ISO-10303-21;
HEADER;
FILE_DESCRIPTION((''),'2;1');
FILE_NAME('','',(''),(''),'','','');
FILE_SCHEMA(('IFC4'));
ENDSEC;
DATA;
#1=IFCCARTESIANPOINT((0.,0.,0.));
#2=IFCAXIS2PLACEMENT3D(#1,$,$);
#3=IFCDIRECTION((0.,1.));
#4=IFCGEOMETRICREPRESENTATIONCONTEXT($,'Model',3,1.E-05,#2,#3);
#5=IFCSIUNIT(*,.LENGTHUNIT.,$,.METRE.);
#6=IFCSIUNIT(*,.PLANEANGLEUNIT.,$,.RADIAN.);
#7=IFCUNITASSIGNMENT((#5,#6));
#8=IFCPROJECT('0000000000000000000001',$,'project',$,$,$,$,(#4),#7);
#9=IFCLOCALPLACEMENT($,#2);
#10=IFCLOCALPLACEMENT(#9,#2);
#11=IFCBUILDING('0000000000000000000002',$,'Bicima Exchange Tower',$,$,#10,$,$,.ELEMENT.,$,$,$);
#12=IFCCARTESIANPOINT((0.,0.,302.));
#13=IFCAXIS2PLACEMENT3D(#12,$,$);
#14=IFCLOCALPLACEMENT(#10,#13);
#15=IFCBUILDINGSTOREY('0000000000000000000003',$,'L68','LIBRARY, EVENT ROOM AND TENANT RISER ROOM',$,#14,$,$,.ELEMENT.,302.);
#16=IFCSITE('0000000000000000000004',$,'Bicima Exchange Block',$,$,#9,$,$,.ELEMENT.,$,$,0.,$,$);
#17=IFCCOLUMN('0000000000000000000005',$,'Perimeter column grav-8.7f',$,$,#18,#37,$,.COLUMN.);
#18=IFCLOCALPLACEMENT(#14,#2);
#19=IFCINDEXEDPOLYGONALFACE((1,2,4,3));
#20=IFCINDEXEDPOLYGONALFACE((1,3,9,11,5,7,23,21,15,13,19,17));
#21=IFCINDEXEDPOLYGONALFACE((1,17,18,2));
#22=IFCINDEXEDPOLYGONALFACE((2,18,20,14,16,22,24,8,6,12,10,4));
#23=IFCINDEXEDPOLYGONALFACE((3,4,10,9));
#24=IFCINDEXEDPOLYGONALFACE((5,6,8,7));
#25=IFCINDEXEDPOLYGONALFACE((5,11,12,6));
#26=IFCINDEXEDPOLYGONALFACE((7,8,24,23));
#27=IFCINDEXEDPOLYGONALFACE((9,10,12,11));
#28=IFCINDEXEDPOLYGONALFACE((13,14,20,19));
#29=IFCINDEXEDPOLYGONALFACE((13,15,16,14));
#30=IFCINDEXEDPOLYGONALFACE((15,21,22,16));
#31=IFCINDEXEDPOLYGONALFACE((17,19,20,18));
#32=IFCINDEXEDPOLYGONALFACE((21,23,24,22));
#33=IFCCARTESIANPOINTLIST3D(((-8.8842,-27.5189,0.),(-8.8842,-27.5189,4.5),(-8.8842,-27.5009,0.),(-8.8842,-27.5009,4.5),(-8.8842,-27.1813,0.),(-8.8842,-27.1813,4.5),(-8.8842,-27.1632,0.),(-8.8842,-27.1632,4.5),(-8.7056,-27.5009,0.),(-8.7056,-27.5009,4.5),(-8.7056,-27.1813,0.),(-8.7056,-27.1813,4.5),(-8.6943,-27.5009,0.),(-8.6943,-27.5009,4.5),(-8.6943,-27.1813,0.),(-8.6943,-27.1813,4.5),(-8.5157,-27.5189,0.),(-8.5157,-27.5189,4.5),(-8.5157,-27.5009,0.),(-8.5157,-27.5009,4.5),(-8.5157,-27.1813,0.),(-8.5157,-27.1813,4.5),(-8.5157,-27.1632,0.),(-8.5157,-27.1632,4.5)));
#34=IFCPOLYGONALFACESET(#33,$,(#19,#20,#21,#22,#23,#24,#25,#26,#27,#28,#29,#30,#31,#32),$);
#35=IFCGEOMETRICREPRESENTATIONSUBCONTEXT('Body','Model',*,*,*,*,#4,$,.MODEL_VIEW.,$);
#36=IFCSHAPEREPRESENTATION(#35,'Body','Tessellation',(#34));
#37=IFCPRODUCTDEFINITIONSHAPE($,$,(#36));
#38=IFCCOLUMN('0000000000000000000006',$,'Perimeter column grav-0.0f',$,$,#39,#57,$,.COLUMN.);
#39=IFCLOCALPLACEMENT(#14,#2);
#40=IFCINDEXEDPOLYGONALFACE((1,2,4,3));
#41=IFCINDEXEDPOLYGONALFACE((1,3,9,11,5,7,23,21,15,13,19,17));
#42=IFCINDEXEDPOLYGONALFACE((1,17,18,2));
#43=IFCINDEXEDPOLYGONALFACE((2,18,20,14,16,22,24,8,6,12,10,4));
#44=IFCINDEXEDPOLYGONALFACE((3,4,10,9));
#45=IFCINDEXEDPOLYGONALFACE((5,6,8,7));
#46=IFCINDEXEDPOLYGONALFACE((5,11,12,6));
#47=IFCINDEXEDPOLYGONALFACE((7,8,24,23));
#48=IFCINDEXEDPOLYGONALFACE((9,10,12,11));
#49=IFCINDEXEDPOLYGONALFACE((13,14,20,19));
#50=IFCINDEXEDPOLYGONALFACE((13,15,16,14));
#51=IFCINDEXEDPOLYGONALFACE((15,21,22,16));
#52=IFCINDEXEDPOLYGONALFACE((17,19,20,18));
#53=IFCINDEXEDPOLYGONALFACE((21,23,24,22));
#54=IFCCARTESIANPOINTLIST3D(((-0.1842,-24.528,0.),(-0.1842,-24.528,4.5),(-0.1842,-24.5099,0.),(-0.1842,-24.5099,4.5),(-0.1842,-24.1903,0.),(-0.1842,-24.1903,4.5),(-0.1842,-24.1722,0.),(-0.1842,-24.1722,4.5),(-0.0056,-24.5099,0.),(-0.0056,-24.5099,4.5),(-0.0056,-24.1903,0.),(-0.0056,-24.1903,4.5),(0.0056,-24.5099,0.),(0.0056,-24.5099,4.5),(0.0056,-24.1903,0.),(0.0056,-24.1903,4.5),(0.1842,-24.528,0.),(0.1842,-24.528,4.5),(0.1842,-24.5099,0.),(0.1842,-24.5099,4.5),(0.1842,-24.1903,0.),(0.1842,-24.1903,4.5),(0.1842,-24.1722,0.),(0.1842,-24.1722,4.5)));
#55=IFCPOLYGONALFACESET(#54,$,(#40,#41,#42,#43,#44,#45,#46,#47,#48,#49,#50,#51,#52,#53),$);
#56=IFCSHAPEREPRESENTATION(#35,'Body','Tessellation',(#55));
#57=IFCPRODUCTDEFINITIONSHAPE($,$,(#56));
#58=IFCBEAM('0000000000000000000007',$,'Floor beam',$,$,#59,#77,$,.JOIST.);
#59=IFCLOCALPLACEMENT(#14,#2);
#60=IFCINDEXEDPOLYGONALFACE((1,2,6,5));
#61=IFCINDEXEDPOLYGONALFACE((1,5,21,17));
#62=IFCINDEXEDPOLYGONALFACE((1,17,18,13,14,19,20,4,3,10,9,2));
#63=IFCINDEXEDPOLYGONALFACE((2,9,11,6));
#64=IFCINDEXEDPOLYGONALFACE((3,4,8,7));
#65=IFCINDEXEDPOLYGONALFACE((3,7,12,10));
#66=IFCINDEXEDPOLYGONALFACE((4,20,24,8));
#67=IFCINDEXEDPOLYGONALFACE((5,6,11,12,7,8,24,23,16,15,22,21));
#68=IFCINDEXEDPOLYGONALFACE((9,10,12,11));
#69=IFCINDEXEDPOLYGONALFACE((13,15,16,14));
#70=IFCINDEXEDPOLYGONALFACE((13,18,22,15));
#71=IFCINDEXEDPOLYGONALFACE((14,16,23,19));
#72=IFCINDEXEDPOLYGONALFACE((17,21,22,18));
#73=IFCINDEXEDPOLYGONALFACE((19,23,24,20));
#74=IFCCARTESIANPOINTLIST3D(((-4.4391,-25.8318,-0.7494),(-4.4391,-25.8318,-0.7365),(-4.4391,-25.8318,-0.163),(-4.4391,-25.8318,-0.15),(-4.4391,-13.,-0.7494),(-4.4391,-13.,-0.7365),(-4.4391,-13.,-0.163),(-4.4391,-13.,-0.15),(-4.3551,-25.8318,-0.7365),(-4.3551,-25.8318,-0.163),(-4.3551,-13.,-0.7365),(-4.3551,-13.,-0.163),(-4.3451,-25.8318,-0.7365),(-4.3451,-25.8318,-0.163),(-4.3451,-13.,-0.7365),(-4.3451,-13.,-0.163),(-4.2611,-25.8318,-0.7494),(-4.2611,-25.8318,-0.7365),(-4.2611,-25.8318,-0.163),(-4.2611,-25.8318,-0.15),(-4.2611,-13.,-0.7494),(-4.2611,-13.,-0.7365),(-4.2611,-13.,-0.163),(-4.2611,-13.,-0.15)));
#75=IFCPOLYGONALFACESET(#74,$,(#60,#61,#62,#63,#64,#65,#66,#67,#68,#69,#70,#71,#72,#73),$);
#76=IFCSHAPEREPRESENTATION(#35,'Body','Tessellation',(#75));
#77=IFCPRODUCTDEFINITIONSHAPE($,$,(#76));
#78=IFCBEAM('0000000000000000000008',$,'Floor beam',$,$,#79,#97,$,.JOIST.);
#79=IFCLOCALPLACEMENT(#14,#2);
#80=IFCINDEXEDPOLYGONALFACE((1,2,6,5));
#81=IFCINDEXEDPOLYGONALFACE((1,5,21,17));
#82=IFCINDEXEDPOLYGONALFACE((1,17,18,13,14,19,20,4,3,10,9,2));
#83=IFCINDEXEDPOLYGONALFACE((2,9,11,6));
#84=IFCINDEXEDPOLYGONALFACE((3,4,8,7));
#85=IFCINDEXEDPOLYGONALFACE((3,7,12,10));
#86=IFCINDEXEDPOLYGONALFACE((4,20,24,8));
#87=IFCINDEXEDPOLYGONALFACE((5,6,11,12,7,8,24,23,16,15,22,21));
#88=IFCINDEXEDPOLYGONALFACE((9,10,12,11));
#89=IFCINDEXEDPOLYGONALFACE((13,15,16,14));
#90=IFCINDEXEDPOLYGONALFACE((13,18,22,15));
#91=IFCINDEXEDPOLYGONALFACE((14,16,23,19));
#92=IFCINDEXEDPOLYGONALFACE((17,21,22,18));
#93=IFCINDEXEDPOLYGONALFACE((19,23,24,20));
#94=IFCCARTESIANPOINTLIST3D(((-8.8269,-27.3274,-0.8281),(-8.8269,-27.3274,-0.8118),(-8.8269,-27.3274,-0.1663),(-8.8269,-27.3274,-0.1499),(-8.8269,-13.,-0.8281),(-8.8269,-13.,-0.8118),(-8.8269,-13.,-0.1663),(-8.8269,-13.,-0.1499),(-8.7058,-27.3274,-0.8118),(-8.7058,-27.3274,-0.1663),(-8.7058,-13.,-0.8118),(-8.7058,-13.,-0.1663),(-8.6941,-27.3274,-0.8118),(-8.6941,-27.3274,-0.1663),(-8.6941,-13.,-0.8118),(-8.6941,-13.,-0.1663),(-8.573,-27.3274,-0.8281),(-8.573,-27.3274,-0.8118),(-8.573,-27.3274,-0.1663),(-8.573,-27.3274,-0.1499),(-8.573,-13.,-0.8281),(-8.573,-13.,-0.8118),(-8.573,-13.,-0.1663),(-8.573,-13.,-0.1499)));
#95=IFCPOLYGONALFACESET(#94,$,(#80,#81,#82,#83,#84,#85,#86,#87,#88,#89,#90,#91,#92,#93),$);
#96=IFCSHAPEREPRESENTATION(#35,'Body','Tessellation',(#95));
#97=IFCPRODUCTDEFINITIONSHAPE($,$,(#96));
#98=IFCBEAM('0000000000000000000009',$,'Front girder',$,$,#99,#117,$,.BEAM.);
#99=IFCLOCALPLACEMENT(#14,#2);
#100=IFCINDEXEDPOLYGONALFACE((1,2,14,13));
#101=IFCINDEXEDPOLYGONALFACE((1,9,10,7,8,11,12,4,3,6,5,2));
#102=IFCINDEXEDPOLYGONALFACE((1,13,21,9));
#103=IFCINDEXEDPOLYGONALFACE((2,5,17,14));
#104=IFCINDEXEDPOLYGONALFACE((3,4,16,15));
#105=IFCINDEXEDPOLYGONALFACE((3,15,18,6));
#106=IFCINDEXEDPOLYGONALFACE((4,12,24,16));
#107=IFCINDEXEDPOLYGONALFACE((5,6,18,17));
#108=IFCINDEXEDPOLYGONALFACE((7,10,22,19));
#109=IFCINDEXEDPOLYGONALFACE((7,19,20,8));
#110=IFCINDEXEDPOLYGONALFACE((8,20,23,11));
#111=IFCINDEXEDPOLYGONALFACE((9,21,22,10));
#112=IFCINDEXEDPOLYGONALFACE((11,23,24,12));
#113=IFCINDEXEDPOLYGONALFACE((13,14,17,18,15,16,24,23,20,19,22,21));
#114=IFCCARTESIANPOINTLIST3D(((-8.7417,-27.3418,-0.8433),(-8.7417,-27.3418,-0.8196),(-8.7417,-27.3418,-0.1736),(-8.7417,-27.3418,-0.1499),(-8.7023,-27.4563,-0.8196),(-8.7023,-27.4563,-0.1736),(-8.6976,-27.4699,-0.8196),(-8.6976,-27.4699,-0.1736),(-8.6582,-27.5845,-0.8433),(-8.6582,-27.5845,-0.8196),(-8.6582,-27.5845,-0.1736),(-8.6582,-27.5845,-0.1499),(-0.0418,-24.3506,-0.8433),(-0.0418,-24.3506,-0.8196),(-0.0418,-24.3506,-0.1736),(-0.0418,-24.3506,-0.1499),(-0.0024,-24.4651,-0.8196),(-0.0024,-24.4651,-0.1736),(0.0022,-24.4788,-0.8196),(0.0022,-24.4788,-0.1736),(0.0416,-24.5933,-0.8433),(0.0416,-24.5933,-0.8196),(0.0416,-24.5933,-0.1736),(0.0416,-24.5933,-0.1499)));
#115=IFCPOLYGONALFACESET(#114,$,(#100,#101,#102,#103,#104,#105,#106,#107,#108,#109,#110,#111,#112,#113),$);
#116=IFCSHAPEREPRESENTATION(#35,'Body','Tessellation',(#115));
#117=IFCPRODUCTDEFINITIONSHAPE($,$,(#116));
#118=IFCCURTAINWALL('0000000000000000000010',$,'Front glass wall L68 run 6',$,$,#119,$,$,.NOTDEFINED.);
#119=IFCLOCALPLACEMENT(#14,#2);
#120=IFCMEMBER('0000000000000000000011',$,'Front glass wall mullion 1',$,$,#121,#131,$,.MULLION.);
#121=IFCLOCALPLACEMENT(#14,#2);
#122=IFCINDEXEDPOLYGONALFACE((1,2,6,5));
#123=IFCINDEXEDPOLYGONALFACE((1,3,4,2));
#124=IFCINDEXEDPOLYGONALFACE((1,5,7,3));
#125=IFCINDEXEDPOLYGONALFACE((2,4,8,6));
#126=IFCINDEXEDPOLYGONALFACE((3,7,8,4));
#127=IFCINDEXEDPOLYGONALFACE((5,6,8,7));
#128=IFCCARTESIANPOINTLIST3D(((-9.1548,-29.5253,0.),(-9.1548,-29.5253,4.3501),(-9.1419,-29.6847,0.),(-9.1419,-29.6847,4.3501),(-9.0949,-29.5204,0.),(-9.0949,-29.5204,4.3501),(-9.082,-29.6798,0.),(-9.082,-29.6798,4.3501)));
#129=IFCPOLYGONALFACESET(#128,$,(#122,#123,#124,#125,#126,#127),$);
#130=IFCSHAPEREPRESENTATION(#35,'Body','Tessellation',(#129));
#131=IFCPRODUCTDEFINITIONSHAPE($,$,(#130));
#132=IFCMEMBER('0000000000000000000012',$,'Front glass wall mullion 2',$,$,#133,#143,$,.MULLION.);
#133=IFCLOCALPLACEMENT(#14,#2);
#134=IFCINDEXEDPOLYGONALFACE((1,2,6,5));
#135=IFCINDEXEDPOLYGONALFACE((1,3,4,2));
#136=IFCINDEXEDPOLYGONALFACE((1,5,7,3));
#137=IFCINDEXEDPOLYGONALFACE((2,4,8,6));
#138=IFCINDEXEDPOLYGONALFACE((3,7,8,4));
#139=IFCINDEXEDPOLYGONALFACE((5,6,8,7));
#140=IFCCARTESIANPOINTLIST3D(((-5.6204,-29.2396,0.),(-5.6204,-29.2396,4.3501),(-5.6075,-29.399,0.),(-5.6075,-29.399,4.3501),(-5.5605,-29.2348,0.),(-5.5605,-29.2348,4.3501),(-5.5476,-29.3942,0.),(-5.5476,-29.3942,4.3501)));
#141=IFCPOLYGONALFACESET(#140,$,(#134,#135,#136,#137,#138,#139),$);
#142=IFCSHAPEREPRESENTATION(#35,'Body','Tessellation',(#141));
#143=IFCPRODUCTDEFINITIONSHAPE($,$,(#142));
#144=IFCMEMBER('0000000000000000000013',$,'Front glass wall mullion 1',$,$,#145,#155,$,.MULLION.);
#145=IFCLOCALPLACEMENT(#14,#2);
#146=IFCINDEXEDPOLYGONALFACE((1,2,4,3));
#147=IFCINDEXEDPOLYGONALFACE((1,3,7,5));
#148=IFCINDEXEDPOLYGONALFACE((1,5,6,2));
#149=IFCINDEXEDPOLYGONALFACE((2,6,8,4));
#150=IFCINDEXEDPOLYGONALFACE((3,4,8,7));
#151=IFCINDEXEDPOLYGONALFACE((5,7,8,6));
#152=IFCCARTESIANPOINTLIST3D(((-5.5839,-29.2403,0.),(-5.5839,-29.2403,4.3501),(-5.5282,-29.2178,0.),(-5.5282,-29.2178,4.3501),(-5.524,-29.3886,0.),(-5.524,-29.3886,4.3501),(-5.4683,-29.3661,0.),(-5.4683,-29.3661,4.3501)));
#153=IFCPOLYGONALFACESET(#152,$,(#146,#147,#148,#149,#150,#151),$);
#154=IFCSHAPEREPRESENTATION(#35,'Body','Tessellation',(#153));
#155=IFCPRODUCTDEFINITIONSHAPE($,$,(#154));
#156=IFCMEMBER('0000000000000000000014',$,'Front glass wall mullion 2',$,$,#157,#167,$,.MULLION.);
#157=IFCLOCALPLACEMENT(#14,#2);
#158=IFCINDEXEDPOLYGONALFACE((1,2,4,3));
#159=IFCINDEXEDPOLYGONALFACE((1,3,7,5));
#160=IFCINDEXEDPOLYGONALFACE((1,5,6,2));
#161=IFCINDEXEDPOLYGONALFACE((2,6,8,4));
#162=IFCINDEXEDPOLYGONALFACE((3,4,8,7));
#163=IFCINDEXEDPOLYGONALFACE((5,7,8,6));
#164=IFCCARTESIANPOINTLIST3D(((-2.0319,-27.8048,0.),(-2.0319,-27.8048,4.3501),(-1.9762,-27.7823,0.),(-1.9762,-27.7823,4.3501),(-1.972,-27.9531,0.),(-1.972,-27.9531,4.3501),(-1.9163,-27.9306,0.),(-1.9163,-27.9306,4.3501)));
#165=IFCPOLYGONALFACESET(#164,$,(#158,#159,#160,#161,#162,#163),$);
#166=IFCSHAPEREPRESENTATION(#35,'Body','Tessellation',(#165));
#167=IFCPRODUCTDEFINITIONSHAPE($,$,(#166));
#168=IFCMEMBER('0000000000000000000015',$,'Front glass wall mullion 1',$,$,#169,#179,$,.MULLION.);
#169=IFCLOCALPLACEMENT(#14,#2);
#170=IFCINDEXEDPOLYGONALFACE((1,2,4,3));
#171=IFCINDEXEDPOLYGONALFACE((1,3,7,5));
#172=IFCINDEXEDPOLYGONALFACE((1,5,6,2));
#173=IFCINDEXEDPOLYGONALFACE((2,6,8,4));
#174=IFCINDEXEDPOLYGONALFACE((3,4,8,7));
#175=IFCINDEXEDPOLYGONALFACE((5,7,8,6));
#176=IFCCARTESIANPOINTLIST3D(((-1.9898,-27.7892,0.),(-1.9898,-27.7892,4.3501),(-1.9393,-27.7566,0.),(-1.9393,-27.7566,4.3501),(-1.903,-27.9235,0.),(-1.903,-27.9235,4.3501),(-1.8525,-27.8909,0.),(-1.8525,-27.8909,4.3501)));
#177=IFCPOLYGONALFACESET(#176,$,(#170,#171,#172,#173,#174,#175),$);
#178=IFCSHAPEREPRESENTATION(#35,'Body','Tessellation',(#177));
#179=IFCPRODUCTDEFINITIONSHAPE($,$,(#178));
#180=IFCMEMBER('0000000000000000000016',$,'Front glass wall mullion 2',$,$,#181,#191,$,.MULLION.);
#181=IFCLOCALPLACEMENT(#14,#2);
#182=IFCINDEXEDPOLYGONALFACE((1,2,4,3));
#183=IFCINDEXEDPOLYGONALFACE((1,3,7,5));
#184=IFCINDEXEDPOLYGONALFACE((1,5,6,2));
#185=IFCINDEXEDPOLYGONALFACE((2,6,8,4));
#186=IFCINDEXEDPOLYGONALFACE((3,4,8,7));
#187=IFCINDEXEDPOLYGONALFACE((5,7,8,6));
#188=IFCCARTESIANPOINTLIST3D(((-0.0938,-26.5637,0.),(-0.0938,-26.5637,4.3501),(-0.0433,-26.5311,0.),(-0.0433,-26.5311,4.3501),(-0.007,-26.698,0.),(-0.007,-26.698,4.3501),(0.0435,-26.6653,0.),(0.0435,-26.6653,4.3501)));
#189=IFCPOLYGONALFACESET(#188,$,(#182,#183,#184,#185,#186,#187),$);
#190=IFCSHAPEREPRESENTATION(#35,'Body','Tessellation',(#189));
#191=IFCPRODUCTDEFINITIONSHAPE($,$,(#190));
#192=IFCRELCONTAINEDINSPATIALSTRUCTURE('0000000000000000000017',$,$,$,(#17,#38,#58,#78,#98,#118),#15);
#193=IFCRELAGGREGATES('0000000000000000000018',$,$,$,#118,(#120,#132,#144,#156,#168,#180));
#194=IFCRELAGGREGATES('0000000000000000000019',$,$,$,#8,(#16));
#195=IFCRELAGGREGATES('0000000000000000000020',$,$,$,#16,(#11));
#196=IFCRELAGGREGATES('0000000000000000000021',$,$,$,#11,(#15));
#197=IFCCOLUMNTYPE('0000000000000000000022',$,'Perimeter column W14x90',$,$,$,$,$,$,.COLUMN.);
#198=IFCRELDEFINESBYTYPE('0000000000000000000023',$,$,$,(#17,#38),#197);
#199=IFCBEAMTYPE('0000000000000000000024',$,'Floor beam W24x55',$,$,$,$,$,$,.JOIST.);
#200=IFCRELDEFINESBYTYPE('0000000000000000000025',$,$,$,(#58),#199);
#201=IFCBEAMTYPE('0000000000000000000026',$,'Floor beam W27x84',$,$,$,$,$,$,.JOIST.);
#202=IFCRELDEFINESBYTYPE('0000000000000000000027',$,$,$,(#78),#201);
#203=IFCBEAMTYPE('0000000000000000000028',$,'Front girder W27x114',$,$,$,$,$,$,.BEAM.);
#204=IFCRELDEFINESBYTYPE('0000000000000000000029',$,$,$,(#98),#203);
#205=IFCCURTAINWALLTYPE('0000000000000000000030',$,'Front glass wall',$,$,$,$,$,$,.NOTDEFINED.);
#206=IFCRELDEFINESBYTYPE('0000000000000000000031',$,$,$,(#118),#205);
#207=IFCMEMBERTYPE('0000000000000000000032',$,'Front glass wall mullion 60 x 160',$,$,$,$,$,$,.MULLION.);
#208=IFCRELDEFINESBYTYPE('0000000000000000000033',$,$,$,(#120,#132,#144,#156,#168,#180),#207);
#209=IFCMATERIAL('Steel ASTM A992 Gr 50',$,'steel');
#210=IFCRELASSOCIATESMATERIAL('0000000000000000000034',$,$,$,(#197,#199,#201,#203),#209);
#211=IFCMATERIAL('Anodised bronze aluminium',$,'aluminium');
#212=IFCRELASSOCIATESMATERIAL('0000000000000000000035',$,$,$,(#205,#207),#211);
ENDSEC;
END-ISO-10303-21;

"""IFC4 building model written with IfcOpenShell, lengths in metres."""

from ifc_helpers import new_model, si_unit, direction, frame, origin, origin_2d, place, context, subcontext, project, spatial, rectangle, i_section, extrude, material, material_profile, profile_set, type_object, element, aggregate, save


model = new_model("IFC4")

# Units and contexts
model_context = context("Model", 3, precision=1e-05, world=origin(), true_north=direction((0.0, 1.0)))
body_context = subcontext(model_context, "Body", "Model", "MODEL_VIEW")
ifc_project = project(units=[si_unit("LENGTHUNIT", "METRE"), si_unit("PLANEANGLEUNIT", "RADIAN")], contexts=[model_context])

# Site, building, storey
site_placement = place(None, origin())
site = spatial("IfcSite", under=ifc_project, at=site_placement, Name="Bicima Exchange Block", CompositionType="ELEMENT", RefElevation=0.0)
building_placement = place(site_placement, origin())
building = spatial("IfcBuilding", under=site, at=building_placement, Name="Bicima Exchange Tower", CompositionType="ELEMENT")
storey_placement = place(building_placement, frame((0.0, 0.0, 302.0)))
storey = spatial("IfcBuildingStorey", under=building, at=storey_placement, Name="L68", Description="LIBRARY, EVENT ROOM AND TENANT RISER ROOM", CompositionType="ELEMENT", Elevation=302.0)

# Columns
ifc_material_1 = material(Name="Steel ASTM A992 Gr 50", Category="steel")
ifc_material_profile_1 = material_profile(ifc_material_1, i_section(OverallWidth=0.3684, OverallDepth=0.3557, WebThickness=0.0112, FlangeThickness=0.0181, at=origin_2d()))
ifc_profile_set_1 = profile_set([ifc_material_profile_1], Name="Steel ASTM A992 Gr 50")
column_type = type_object("IfcColumnType", Name="Perimeter column W14x90", PredefinedType="COLUMN", material=ifc_profile_set_1)
for number, where, z_axis, x_axis, name in (
    (1, (-8.7, -27.3411, 0.0), (0.0, 0.0, 1.0), (1.0, 0.0, 0.0), "Perimeter column grav-8.7f"),
    (2, (0.0, -24.3501, 0.0), (0.0, 0.0, 1.0), (1.0, 0.0, 0.0), "Perimeter column grav-0.0f"),
):
    element("IfcColumn", number, at=place(storey_placement, frame(where, z_axis=z_axis, x_axis=x_axis)), inside=storey, type_object=column_type, Name=name, PredefinedType="COLUMN", context=body_context, shape_type="SweptSolid", body=[
        extrude(i_section(OverallWidth=0.3684, OverallDepth=0.3557, WebThickness=0.0112, FlangeThickness=0.0181, at=origin_2d()), origin(), (0.0, 0.0, 1.0), 4.5),
    ])

# Beams
ifc_material_profile_2 = material_profile(ifc_material_1, i_section(OverallWidth=0.178, OverallDepth=0.5994, WebThickness=0.01, FlangeThickness=0.0129, at=origin_2d()))
ifc_profile_set_2 = profile_set([ifc_material_profile_2], Name="Steel ASTM A992 Gr 50")
beam_type_1 = type_object("IfcBeamType", Name="Floor beam W24x55", PredefinedType="JOIST", material=ifc_profile_set_2)
beam_1_placement = place(storey_placement, frame((-4.3501, -13.0, -0.4497), z_axis=(0.0, -1.0, 0.0), x_axis=(1.0, 0.0, 0.0)))
element("IfcBeam", 3, at=beam_1_placement, inside=storey, type_object=beam_type_1, Name="Floor beam", PredefinedType="JOIST", context=body_context, shape_type="SweptSolid", body=[
    extrude(i_section(OverallWidth=0.178, OverallDepth=0.5994, WebThickness=0.01, FlangeThickness=0.0129, at=origin_2d()), origin(), (0.0, 0.0, 1.0), 12.8318),
])
ifc_material_profile_3 = material_profile(ifc_material_1, i_section(OverallWidth=0.2539, OverallDepth=0.6782, WebThickness=0.0117, FlangeThickness=0.0164, at=origin_2d()))
ifc_profile_set_3 = profile_set([ifc_material_profile_3], Name="Steel ASTM A992 Gr 50")
beam_type_2 = type_object("IfcBeamType", Name="Floor beam W27x84", PredefinedType="JOIST", material=ifc_profile_set_3)
beam_2_placement = place(storey_placement, frame((-8.7, -13.0, -0.489), z_axis=(0.0, -1.0, 0.0), x_axis=(1.0, 0.0, 0.0)))
element("IfcBeam", 4, at=beam_2_placement, inside=storey, type_object=beam_type_2, Name="Floor beam", PredefinedType="JOIST", context=body_context, shape_type="SweptSolid", body=[
    extrude(i_section(OverallWidth=0.2539, OverallDepth=0.6782, WebThickness=0.0117, FlangeThickness=0.0164, at=origin_2d()), origin(), (0.0, 0.0, 1.0), 14.3274),
])
ifc_material_profile_4 = material_profile(ifc_material_1, i_section(OverallWidth=0.2566, OverallDepth=0.6934, WebThickness=0.0144, FlangeThickness=0.0237, at=origin_2d()))
ifc_profile_set_4 = profile_set([ifc_material_profile_4], Name="Steel ASTM A992 Gr 50")
beam_type_3 = type_object("IfcBeamType", Name="Front girder W27x114", PredefinedType="BEAM", material=ifc_profile_set_4)
beam_3_placement = place(storey_placement, frame((-8.7, -27.4631, -0.4966), z_axis=(0.945666, 0.325138, 0.0), x_axis=(-0.325138, 0.945666, 0.0)))
element("IfcBeam", 5, at=beam_3_placement, inside=storey, type_object=beam_type_3, Name="Front girder", PredefinedType="BEAM", context=body_context, shape_type="SweptSolid", body=[
    extrude(i_section(OverallWidth=0.2566, OverallDepth=0.6934, WebThickness=0.0144, FlangeThickness=0.0237, at=origin_2d()), origin(), (0.0, 0.0, 1.0), 9.1997),
])

# Curtain wall, members
ifc_material_2 = material(Name="Anodised bronze aluminium", Category="aluminium")
curtain_wall_type = type_object("IfcCurtainWallType", Name="Front glass wall", PredefinedType="NOTDEFINED", material=ifc_material_2)
curtain_wall_placement = place(storey_placement, origin())
curtain_wall = element("IfcCurtainWall", 6, at=curtain_wall_placement, inside=storey, type_object=curtain_wall_type, Name="Front glass wall L68 run 6", PredefinedType="NOTDEFINED")
ifc_material_profile_5 = material_profile(ifc_material_2, rectangle(XDim=0.1599, YDim=0.0601, at=origin_2d()))
ifc_profile_set_5 = profile_set([ifc_material_profile_5], Name="Anodised bronze aluminium")
member_type_1 = type_object("IfcMemberType", Name="Front glass wall mullion 60 x 160", PredefinedType="MULLION", material=ifc_profile_set_5)
member_1_placement = place(storey_placement, frame((-9.1184, -29.6025, 0.0), z_axis=(0.0, 0.0, 1.0), x_axis=(-0.080589, 0.996747, 0.0)))
member_1 = element("IfcMember", 7, at=member_1_placement, type_object=member_type_1, Name="Front glass wall mullion 1", PredefinedType="MULLION", context=body_context, shape_type="SweptSolid", body=[
    extrude(rectangle(XDim=0.1599, YDim=0.0601, at=origin_2d()), origin(), (0.0, 0.0, 1.0), 4.3501),
])
member_2_placement = place(storey_placement, frame((-5.584, -29.3169, 0.0), z_axis=(0.0, 0.0, 1.0), x_axis=(-0.080589, 0.996747, 0.0)))
member_2 = element("IfcMember", 8, at=member_2_placement, type_object=member_type_1, Name="Front glass wall mullion 2", PredefinedType="MULLION", context=body_context, shape_type="SweptSolid", body=[
    extrude(rectangle(XDim=0.1599, YDim=0.0601, at=origin_2d()), origin(), (0.0, 0.0, 1.0), 4.3501),
])
member_3_placement = place(storey_placement, frame((-5.5261, -29.3032, 0.0), z_axis=(0.0, 0.0, 1.0), x_axis=(-0.374705, 0.927144, 0.0)))
member_3 = element("IfcMember", 9, at=member_3_placement, type_object=member_type_1, Name="Front glass wall mullion 1", PredefinedType="MULLION", context=body_context, shape_type="SweptSolid", body=[
    extrude(rectangle(XDim=0.1599, YDim=0.0601, at=origin_2d()), origin(), (0.0, 0.0, 1.0), 4.3501),
])
member_4_placement = place(storey_placement, frame((-1.9741, -27.8677, 0.0), z_axis=(0.0, 0.0, 1.0), x_axis=(-0.374705, 0.927144, 0.0)))
member_4 = element("IfcMember", 10, at=member_4_placement, type_object=member_type_1, Name="Front glass wall mullion 2", PredefinedType="MULLION", context=body_context, shape_type="SweptSolid", body=[
    extrude(rectangle(XDim=0.1599, YDim=0.0601, at=origin_2d()), origin(), (0.0, 0.0, 1.0), 4.3501),
])
member_5_placement = place(storey_placement, frame((-1.9211, -27.8401, 0.0), z_axis=(0.0, 0.0, 1.0), x_axis=(-0.542897, 0.839799, 0.0)))
member_5 = element("IfcMember", 11, at=member_5_placement, type_object=member_type_1, Name="Front glass wall mullion 1", PredefinedType="MULLION", context=body_context, shape_type="SweptSolid", body=[
    extrude(rectangle(XDim=0.1599, YDim=0.0601, at=origin_2d()), origin(), (0.0, 0.0, 1.0), 4.3501),
])
member_6_placement = place(storey_placement, frame((-0.0251, -26.6145, 0.0), z_axis=(0.0, 0.0, 1.0), x_axis=(-0.542897, 0.839799, 0.0)))
member_6 = element("IfcMember", 12, at=member_6_placement, type_object=member_type_1, Name="Front glass wall mullion 2", PredefinedType="MULLION", context=body_context, shape_type="SweptSolid", body=[
    extrude(rectangle(XDim=0.1599, YDim=0.0601, at=origin_2d()), origin(), (0.0, 0.0, 1.0), 4.3501),
])
aggregate(curtain_wall, [member_1, member_2, member_3, member_4, member_5, member_6])

save(model, "model.ifc")
